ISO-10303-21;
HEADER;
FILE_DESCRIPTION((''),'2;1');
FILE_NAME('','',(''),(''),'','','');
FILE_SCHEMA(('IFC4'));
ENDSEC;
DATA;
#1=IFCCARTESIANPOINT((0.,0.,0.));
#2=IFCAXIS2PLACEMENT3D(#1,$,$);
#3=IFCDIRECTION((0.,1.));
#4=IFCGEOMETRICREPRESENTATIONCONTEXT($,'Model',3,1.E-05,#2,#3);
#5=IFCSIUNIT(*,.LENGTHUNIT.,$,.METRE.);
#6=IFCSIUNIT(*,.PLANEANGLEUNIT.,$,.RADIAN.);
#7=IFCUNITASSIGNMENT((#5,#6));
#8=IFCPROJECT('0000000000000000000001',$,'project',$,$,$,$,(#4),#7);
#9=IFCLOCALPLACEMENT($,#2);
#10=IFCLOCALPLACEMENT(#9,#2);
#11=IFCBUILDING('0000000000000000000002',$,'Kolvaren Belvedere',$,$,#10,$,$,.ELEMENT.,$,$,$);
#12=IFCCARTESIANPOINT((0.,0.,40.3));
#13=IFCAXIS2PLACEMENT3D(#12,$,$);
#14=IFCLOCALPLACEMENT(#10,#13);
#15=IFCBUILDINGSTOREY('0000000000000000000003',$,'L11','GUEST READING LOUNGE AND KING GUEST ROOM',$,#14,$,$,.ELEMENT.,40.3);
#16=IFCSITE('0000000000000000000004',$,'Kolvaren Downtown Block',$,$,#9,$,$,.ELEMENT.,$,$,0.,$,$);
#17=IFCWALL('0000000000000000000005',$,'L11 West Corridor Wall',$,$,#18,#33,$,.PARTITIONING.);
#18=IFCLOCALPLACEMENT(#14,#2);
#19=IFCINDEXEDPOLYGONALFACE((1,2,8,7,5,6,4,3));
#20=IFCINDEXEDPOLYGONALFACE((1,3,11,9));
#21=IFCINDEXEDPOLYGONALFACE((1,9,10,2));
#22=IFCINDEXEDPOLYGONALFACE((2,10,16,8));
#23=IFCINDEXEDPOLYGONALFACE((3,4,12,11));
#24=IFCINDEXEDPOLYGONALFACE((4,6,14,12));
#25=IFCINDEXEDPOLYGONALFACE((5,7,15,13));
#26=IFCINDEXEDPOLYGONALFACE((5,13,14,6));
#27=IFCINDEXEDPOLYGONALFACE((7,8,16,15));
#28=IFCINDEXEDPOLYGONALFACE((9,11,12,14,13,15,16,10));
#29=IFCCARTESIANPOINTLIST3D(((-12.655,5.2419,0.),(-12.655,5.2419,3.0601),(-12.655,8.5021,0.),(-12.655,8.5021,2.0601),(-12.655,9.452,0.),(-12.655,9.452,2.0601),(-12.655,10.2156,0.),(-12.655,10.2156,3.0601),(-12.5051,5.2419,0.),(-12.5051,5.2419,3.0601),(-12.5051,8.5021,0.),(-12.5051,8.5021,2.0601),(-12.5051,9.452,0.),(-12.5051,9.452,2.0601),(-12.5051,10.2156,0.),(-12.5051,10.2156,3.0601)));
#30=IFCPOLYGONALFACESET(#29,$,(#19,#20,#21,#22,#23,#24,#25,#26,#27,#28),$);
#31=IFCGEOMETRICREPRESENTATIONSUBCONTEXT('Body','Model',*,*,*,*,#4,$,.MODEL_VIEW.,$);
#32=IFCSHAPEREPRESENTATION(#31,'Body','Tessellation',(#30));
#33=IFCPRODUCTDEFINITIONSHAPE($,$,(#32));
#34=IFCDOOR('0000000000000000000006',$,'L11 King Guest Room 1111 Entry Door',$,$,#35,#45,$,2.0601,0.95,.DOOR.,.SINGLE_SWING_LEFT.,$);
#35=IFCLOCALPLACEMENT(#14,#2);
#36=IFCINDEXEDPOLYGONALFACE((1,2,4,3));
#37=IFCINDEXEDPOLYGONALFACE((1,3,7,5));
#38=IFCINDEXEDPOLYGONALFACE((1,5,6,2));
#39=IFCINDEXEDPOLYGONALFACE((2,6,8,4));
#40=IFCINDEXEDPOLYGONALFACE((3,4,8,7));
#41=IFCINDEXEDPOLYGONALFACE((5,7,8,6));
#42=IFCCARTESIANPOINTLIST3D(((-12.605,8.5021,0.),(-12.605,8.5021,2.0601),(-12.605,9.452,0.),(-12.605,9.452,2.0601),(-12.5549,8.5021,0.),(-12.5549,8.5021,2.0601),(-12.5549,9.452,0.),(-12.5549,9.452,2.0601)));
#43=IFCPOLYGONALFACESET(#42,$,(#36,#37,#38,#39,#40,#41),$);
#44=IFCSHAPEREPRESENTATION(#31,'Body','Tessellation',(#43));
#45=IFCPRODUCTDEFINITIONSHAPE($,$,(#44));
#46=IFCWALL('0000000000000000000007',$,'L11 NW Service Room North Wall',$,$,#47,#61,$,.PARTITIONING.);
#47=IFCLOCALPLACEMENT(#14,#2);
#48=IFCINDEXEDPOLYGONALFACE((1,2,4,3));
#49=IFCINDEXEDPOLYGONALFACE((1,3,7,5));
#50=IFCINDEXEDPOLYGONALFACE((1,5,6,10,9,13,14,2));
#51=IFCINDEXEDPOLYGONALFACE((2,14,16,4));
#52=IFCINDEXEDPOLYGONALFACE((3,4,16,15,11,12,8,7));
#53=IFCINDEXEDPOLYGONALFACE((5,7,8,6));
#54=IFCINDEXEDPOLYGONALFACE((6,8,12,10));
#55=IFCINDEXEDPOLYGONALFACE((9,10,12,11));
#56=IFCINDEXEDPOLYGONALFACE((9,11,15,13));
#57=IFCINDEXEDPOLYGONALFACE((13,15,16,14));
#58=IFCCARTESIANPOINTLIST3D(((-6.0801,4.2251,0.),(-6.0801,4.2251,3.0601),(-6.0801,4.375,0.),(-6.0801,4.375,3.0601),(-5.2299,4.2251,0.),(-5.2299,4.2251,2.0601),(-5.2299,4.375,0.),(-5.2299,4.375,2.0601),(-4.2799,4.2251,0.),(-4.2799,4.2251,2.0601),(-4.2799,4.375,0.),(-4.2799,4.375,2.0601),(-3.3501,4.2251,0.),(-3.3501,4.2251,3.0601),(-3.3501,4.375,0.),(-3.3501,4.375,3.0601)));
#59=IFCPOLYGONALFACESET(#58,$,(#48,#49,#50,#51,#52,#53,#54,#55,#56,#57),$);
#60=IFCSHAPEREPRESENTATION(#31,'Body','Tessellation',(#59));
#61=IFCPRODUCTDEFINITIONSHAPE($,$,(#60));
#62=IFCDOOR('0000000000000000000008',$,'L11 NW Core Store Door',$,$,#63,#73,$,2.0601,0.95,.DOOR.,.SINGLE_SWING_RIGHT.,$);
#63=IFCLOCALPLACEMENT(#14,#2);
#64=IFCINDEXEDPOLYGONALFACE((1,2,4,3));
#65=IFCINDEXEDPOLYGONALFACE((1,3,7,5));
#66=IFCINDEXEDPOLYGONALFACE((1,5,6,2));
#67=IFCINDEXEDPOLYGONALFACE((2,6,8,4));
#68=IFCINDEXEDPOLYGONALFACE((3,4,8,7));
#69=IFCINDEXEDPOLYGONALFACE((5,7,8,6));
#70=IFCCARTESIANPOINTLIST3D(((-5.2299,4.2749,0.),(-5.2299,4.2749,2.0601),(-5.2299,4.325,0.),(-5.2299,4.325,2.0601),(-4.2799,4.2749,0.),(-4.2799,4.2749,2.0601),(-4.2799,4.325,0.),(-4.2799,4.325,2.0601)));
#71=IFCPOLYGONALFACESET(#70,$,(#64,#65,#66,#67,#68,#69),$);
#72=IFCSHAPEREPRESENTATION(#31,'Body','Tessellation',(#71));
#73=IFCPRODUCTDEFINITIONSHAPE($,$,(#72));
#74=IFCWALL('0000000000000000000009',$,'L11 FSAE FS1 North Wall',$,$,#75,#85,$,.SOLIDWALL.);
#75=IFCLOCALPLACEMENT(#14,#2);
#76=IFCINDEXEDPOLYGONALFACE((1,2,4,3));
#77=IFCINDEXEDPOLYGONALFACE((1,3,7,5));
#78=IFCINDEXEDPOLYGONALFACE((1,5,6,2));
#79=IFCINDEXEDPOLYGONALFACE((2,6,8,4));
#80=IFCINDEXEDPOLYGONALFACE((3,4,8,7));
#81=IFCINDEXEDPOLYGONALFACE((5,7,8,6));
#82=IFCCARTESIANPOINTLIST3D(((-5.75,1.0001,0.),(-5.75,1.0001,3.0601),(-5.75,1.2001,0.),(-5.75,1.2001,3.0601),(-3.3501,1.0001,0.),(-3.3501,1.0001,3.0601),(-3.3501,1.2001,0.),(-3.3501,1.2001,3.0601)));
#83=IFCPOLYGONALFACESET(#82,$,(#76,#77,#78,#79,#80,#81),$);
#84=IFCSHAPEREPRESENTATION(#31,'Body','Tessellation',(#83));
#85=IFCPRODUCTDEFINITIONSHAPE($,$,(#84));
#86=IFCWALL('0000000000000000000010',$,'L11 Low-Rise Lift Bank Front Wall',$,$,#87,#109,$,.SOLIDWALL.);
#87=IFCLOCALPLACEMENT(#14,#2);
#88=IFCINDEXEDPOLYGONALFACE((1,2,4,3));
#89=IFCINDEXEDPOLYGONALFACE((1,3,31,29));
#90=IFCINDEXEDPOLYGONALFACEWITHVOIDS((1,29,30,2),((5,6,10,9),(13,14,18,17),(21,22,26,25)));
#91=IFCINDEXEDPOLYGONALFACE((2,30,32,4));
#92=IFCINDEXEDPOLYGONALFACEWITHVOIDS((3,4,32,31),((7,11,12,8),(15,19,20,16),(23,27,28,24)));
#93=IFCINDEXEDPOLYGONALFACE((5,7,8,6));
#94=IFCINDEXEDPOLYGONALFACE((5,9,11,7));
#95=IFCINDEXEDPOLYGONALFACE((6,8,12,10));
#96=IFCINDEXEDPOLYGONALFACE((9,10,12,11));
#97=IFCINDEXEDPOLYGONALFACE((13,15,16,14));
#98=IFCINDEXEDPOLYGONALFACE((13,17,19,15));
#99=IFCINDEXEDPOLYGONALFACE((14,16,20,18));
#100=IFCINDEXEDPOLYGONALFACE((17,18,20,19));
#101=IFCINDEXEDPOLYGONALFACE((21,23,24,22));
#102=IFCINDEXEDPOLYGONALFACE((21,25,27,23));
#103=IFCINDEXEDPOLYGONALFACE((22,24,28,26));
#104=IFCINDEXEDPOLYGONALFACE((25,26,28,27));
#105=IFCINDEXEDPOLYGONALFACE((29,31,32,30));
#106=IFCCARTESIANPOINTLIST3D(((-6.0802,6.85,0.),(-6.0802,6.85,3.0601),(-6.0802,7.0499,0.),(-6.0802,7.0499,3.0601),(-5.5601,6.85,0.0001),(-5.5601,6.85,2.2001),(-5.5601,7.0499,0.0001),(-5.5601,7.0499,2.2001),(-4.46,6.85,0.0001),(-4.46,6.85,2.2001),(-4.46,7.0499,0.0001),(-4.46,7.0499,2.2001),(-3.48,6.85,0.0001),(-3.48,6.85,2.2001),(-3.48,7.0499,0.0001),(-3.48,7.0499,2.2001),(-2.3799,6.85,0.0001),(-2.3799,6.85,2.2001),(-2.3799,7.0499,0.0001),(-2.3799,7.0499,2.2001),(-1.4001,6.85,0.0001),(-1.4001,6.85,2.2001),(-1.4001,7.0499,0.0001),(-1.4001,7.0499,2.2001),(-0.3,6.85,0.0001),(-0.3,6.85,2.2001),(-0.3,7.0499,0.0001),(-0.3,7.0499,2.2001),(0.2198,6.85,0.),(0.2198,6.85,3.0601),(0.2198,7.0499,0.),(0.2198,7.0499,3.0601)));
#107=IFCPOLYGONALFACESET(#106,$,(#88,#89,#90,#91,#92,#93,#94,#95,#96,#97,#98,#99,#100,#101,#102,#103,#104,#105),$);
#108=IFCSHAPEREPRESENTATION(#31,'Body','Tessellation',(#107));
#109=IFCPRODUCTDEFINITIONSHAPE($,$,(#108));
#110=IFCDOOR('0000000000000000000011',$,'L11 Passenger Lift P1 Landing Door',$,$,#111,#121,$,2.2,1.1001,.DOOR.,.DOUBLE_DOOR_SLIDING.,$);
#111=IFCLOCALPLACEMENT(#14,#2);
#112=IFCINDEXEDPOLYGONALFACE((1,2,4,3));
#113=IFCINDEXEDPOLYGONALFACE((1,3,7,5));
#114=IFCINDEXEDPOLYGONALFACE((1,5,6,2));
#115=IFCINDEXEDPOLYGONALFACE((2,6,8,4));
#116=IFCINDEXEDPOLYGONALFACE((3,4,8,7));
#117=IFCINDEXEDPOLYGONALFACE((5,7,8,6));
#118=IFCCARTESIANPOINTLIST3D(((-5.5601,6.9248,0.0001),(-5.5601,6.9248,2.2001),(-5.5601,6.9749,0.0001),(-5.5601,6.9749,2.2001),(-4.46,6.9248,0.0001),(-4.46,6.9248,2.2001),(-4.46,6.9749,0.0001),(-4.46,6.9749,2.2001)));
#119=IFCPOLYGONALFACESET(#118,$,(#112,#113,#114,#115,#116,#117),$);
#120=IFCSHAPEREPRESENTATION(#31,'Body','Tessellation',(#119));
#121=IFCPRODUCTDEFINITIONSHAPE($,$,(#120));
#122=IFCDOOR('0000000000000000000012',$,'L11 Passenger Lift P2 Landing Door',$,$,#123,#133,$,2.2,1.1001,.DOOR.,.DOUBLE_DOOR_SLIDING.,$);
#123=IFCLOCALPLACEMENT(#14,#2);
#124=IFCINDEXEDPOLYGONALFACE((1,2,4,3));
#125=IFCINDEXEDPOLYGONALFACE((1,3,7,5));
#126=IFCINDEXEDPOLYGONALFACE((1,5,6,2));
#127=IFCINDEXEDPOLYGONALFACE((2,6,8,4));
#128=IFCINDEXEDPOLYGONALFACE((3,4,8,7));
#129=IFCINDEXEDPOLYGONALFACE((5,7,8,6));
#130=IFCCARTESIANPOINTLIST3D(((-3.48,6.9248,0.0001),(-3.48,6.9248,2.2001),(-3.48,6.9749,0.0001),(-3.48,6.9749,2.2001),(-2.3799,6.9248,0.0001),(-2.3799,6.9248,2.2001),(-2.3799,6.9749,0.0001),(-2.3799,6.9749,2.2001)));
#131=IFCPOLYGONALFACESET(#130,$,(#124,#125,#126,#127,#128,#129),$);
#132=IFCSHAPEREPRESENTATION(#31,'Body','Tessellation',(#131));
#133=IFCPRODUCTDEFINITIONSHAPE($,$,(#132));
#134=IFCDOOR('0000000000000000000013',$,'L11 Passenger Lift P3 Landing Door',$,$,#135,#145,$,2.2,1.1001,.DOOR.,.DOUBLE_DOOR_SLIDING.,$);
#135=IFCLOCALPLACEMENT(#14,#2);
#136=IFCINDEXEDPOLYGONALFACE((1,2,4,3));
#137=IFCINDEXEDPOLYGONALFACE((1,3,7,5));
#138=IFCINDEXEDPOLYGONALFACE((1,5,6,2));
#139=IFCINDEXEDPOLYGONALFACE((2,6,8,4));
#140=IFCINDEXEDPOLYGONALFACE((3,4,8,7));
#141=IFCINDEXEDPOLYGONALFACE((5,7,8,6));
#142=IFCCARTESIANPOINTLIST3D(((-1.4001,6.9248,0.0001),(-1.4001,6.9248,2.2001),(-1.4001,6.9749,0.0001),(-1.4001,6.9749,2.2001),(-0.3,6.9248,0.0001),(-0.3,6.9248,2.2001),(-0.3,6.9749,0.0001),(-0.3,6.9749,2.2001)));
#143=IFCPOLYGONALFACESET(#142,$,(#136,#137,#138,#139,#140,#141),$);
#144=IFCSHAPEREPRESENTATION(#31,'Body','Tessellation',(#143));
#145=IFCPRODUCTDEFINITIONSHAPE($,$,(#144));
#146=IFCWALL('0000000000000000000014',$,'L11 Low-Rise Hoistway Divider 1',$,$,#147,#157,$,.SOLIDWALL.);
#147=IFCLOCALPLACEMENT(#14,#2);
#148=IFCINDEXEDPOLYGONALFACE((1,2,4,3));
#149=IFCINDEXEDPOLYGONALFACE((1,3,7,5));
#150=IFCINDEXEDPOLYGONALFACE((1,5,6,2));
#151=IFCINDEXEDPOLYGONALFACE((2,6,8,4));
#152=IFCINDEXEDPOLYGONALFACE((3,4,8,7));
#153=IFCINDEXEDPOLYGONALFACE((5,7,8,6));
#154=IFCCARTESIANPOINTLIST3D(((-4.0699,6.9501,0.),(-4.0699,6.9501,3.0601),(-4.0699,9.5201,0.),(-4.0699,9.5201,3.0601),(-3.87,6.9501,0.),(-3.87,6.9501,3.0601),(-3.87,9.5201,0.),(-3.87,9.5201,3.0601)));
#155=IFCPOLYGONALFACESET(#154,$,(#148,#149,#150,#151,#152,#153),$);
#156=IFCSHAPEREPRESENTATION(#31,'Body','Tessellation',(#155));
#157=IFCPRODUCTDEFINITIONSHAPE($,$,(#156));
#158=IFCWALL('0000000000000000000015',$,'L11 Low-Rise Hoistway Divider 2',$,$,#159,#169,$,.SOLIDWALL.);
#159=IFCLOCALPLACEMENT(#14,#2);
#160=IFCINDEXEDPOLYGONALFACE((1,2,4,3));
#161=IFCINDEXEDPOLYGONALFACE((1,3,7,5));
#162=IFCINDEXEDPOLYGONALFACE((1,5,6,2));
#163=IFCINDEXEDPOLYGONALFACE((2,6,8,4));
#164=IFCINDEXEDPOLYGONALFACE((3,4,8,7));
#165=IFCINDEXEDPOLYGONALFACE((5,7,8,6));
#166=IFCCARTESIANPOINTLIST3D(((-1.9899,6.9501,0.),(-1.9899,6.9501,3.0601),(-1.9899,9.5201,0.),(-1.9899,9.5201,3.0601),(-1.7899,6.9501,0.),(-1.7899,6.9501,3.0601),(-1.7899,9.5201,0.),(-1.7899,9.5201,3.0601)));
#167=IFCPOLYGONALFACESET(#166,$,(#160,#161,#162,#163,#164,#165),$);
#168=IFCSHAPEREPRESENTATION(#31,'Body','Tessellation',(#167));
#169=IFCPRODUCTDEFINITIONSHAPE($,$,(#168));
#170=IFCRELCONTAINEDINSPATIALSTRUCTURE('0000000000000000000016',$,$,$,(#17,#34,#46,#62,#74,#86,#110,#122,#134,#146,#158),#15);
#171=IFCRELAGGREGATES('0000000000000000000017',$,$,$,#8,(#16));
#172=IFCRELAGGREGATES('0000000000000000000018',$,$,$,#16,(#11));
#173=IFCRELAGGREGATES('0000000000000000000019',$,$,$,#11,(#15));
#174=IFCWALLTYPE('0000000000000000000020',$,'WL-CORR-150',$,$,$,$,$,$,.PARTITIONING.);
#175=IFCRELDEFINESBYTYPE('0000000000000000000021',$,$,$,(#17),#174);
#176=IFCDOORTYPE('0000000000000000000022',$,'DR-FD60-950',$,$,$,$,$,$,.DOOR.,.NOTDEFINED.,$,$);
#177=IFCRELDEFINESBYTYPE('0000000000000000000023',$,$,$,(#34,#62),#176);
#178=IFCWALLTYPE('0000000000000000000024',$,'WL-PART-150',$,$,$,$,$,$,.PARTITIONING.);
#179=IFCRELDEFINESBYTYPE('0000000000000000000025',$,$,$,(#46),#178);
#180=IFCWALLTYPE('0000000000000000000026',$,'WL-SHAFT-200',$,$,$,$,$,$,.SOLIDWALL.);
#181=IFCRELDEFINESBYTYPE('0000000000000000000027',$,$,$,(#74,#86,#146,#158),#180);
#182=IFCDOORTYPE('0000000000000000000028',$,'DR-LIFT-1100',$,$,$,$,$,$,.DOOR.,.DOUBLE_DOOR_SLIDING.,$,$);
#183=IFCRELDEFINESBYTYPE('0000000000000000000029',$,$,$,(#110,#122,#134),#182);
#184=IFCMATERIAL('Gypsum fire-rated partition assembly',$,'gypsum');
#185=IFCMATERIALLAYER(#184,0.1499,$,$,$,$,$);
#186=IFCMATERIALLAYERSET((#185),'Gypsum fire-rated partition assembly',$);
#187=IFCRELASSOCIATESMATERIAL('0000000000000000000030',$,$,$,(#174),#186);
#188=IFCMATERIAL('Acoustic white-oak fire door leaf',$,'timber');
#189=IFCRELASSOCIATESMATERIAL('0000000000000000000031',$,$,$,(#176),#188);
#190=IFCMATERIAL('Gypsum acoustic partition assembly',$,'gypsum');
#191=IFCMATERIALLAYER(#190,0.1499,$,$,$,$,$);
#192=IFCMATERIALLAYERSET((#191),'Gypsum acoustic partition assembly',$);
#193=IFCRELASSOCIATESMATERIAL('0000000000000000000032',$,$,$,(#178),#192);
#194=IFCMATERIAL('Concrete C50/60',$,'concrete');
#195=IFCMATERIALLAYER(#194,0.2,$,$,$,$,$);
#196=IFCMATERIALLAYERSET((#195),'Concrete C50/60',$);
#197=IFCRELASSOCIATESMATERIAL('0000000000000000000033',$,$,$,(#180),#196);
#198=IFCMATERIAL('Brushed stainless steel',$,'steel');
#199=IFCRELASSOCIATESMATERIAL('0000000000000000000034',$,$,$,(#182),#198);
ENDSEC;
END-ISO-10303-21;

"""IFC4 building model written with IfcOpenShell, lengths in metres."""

from ifc_helpers import new_model, si_unit, direction, frame, frame_2d, origin, place, context, subcontext, project, spatial, rectangle, extrude, material, layer, layer_set, type_object, element, fill, save


model = new_model("IFC4")

# Units and contexts
model_context = context("Model", 3, precision=1e-05, world=origin(), true_north=direction((0.0, 1.0)))
body_context = subcontext(model_context, "Body", "Model", "MODEL_VIEW")
ifc_project = project(units=[si_unit("LENGTHUNIT", "METRE"), si_unit("PLANEANGLEUNIT", "RADIAN")], contexts=[model_context])

# Site, building, storey
site_placement = place(None, origin())
site = spatial("IfcSite", under=ifc_project, at=site_placement, Name="Kolvaren Downtown Block", CompositionType="ELEMENT", RefElevation=0.0)
building_placement = place(site_placement, origin())
building = spatial("IfcBuilding", under=site, at=building_placement, Name="Kolvaren Belvedere", CompositionType="ELEMENT")
storey_placement = place(building_placement, frame((0.0, 0.0, 40.3)))
storey = spatial("IfcBuildingStorey", under=building, at=storey_placement, Name="L11", Description="GUEST READING LOUNGE AND KING GUEST ROOM", CompositionType="ELEMENT", Elevation=40.3)

# Shared definitions
ifc_material_1 = material(Name="Gypsum fire-rated partition assembly", Category="gypsum")
ifc_layer_1 = layer(ifc_material_1, 0.1499)
ifc_layer_set_1 = layer_set([ifc_layer_1], Name="Gypsum fire-rated partition assembly")
wall_type_1 = type_object("IfcWallType", Name="WL-CORR-150", PredefinedType="PARTITIONING", material=ifc_layer_set_1)

# Walls, openings, doors
wall_1_placement = place(storey_placement, frame((-12.5801, 5.2419, 0.0), z_axis=(0.0, 0.0, 1.0), x_axis=(0.0, 1.0, 0.0)))
wall_1 = element("IfcWall", 1, at=wall_1_placement, inside=storey, type_object=wall_type_1, Name="L11 West Corridor Wall", PredefinedType="PARTITIONING", context=body_context, shape_type="SweptSolid", body=[
    extrude(rectangle(XDim=4.9736, YDim=0.1499, at=frame_2d((2.4868, 0.0))), origin(), (0.0, 0.0, 1.0), 3.0601),
])
opening_1_placement = place(wall_1_placement, frame((3.26, 0.0, 0.0)))
opening_1 = element("IfcOpeningElement", 2, at=opening_1_placement, cuts=wall_1, PredefinedType="OPENING", context=body_context, shape_type="SweptSolid", body=[
    extrude(rectangle(XDim=0.95, YDim=2.0601, at=frame_2d((0.4751, 1.03))), frame((0.0, 0.085, 0.0), z_axis=(0.0, -1.0, 0.0), x_axis=(1.0, 0.0, 0.0)), (0.0, 0.0, 1.0), 0.1699),
])
ifc_material_2 = material(Name="Acoustic white-oak fire door leaf", Category="timber")
door_type_1 = type_object("IfcDoorType", Name="DR-FD60-950", OperationType="NOTDEFINED", PredefinedType="DOOR", material=ifc_material_2)
door_1_placement = place(opening_1_placement, origin())
door_1 = element("IfcDoor", 3, at=door_1_placement, inside=storey, type_object=door_type_1, Name="L11 King Guest Room 1111 Entry Door", OperationType="SINGLE_SWING_LEFT", OverallHeight=2.0601, OverallWidth=0.95, PredefinedType="DOOR", context=body_context, shape_type="SweptSolid", body=[
    extrude(rectangle(XDim=0.95, YDim=2.0601, at=frame_2d((0.4751, 1.03))), frame((0.0, 0.0249, 0.0), z_axis=(0.0, -1.0, 0.0), x_axis=(1.0, 0.0, 0.0)), (0.0, 0.0, 1.0), 0.05),
])
fill(opening_1, door_1)
ifc_material_3 = material(Name="Gypsum acoustic partition assembly", Category="gypsum")
ifc_layer_2 = layer(ifc_material_3, 0.1499)
ifc_layer_set_2 = layer_set([ifc_layer_2], Name="Gypsum acoustic partition assembly")
wall_type_2 = type_object("IfcWallType", Name="WL-PART-150", PredefinedType="PARTITIONING", material=ifc_layer_set_2)
wall_2_placement = place(storey_placement, frame((-6.0801, 4.3, 0.0), z_axis=(0.0, 0.0, 1.0), x_axis=(1.0, 0.0, 0.0)))
wall_2 = element("IfcWall", 4, at=wall_2_placement, inside=storey, type_object=wall_type_2, Name="L11 NW Service Room North Wall", PredefinedType="PARTITIONING", context=body_context, shape_type="SweptSolid", body=[
    extrude(rectangle(XDim=2.73, YDim=0.1499, at=frame_2d((1.365, 0.0))), origin(), (0.0, 0.0, 1.0), 3.0601),
])
opening_2_placement = place(wall_2_placement, frame((0.8501, 0.0, 0.0)))
opening_2 = element("IfcOpeningElement", 5, at=opening_2_placement, cuts=wall_2, PredefinedType="OPENING", context=body_context, shape_type="SweptSolid", body=[
    extrude(rectangle(XDim=0.95, YDim=2.0601, at=frame_2d((0.4751, 1.03))), frame((0.0, 0.085, 0.0), z_axis=(0.0, -1.0, 0.0), x_axis=(1.0, 0.0, 0.0)), (0.0, 0.0, 1.0), 0.1699),
])
door_2_placement = place(opening_2_placement, origin())
door_2 = element("IfcDoor", 6, at=door_2_placement, inside=storey, type_object=door_type_1, Name="L11 NW Core Store Door", OperationType="SINGLE_SWING_RIGHT", OverallHeight=2.0601, OverallWidth=0.95, PredefinedType="DOOR", context=body_context, shape_type="SweptSolid", body=[
    extrude(rectangle(XDim=0.95, YDim=2.0601, at=frame_2d((0.4751, 1.03))), frame((0.0, 0.0249, 0.0), z_axis=(0.0, -1.0, 0.0), x_axis=(1.0, 0.0, 0.0)), (0.0, 0.0, 1.0), 0.05),
])
fill(opening_2, door_2)

# Wall
ifc_material_4 = material(Name="Concrete C50/60", Category="concrete")
ifc_layer_3 = layer(ifc_material_4, 0.2)
ifc_layer_set_3 = layer_set([ifc_layer_3], Name="Concrete C50/60")
wall_type_3 = type_object("IfcWallType", Name="WL-SHAFT-200", PredefinedType="SOLIDWALL", material=ifc_layer_set_3)
wall_3_placement = place(storey_placement, frame((-5.75, 1.1001, 0.0), z_axis=(0.0, 0.0, 1.0), x_axis=(1.0, 0.0, 0.0)))
element("IfcWall", 7, at=wall_3_placement, inside=storey, type_object=wall_type_3, Name="L11 FSAE FS1 North Wall", PredefinedType="SOLIDWALL", context=body_context, shape_type="SweptSolid", body=[
    extrude(rectangle(XDim=2.3999, YDim=0.2, at=frame_2d((1.2, 0.0))), origin(), (0.0, 0.0, 1.0), 3.0601),
])

# Wall, openings, doors
wall_4_placement = place(storey_placement, frame((-6.0801, 6.95, 0.0), z_axis=(0.0, 0.0, 1.0), x_axis=(1.0, 0.0, 0.0)))
wall_4 = element("IfcWall", 8, at=wall_4_placement, inside=storey, type_object=wall_type_3, Name="L11 Low-Rise Lift Bank Front Wall", PredefinedType="SOLIDWALL", context=body_context, shape_type="SweptSolid", body=[
    extrude(rectangle(XDim=6.3, YDim=0.2, at=frame_2d((3.1499, 0.0))), origin(), (0.0, 0.0, 1.0), 3.0601),
])
opening_3_placement = place(wall_4_placement, frame((0.52, 0.0, 0.0)))
opening_3 = element("IfcOpeningElement", 9, at=opening_3_placement, cuts=wall_4, PredefinedType="OPENING", context=body_context, shape_type="SweptSolid", body=[
    extrude(rectangle(XDim=1.1001, YDim=2.2, at=frame_2d((0.55, 1.1001))), frame((0.0, 0.1099, 0.0), z_axis=(0.0, -1.0, 0.0), x_axis=(1.0, 0.0, 0.0)), (0.0, 0.0, 1.0), 0.22),
])
opening_4_placement = place(wall_4_placement, frame((2.6001, 0.0, 0.0)))
opening_4 = element("IfcOpeningElement", 10, at=opening_4_placement, cuts=wall_4, PredefinedType="OPENING", context=body_context, shape_type="SweptSolid", body=[
    extrude(rectangle(XDim=1.1001, YDim=2.2, at=frame_2d((0.55, 1.1001))), frame((0.0, 0.1099, 0.0), z_axis=(0.0, -1.0, 0.0), x_axis=(1.0, 0.0, 0.0)), (0.0, 0.0, 1.0), 0.22),
])
opening_5_placement = place(wall_4_placement, frame((4.6799, 0.0, 0.0)))
opening_5 = element("IfcOpeningElement", 11, at=opening_5_placement, cuts=wall_4, PredefinedType="OPENING", context=body_context, shape_type="SweptSolid", body=[
    extrude(rectangle(XDim=1.1001, YDim=2.2, at=frame_2d((0.55, 1.1001))), frame((0.0, 0.1099, 0.0), z_axis=(0.0, -1.0, 0.0), x_axis=(1.0, 0.0, 0.0)), (0.0, 0.0, 1.0), 0.22),
])
ifc_material_5 = material(Name="Brushed stainless steel", Category="steel")
door_type_2 = type_object("IfcDoorType", Name="DR-LIFT-1100", OperationType="DOUBLE_DOOR_SLIDING", PredefinedType="DOOR", material=ifc_material_5)
door_3_placement = place(opening_3_placement, origin())
door_3 = element("IfcDoor", 12, at=door_3_placement, inside=storey, type_object=door_type_2, Name="L11 Passenger Lift P1 Landing Door", OperationType="DOUBLE_DOOR_SLIDING", OverallHeight=2.2, OverallWidth=1.1001, PredefinedType="DOOR", context=body_context, shape_type="SweptSolid", body=[
    extrude(rectangle(XDim=1.1001, YDim=2.2, at=frame_2d((0.55, 1.1001))), frame((0.0, 0.0249, 0.0), z_axis=(0.0, -1.0, 0.0), x_axis=(1.0, 0.0, 0.0)), (0.0, 0.0, 1.0), 0.05),
])
fill(opening_3, door_3)
door_4_placement = place(opening_4_placement, origin())
door_4 = element("IfcDoor", 13, at=door_4_placement, inside=storey, type_object=door_type_2, Name="L11 Passenger Lift P2 Landing Door", OperationType="DOUBLE_DOOR_SLIDING", OverallHeight=2.2, OverallWidth=1.1001, PredefinedType="DOOR", context=body_context, shape_type="SweptSolid", body=[
    extrude(rectangle(XDim=1.1001, YDim=2.2, at=frame_2d((0.55, 1.1001))), frame((0.0, 0.0249, 0.0), z_axis=(0.0, -1.0, 0.0), x_axis=(1.0, 0.0, 0.0)), (0.0, 0.0, 1.0), 0.05),
])
fill(opening_4, door_4)
door_5_placement = place(opening_5_placement, origin())
door_5 = element("IfcDoor", 14, at=door_5_placement, inside=storey, type_object=door_type_2, Name="L11 Passenger Lift P3 Landing Door", OperationType="DOUBLE_DOOR_SLIDING", OverallHeight=2.2, OverallWidth=1.1001, PredefinedType="DOOR", context=body_context, shape_type="SweptSolid", body=[
    extrude(rectangle(XDim=1.1001, YDim=2.2, at=frame_2d((0.55, 1.1001))), frame((0.0, 0.0249, 0.0), z_axis=(0.0, -1.0, 0.0), x_axis=(1.0, 0.0, 0.0)), (0.0, 0.0, 1.0), 0.05),
])
fill(opening_5, door_5)

# Walls
for number, where, z_axis, x_axis, name in (
    (15, (-3.97, 6.95, 0.0), (0.0, 0.0, 1.0), (0.0, 1.0, 0.0), "L11 Low-Rise Hoistway Divider 1"),
    (16, (-1.8899, 6.95, 0.0), (0.0, 0.0, 1.0), (0.0, 1.0, 0.0), "L11 Low-Rise Hoistway Divider 2"),
):
    element("IfcWall", number, at=place(storey_placement, frame(where, z_axis=z_axis, x_axis=x_axis)), inside=storey, type_object=wall_type_3, Name=name, PredefinedType="SOLIDWALL", context=body_context, shape_type="SweptSolid", body=[
        extrude(rectangle(XDim=2.5701, YDim=0.2, at=frame_2d((1.2852, 0.0))), origin(), (0.0, 0.0, 1.0), 3.0601),
    ])

save(model, "model.ifc")
